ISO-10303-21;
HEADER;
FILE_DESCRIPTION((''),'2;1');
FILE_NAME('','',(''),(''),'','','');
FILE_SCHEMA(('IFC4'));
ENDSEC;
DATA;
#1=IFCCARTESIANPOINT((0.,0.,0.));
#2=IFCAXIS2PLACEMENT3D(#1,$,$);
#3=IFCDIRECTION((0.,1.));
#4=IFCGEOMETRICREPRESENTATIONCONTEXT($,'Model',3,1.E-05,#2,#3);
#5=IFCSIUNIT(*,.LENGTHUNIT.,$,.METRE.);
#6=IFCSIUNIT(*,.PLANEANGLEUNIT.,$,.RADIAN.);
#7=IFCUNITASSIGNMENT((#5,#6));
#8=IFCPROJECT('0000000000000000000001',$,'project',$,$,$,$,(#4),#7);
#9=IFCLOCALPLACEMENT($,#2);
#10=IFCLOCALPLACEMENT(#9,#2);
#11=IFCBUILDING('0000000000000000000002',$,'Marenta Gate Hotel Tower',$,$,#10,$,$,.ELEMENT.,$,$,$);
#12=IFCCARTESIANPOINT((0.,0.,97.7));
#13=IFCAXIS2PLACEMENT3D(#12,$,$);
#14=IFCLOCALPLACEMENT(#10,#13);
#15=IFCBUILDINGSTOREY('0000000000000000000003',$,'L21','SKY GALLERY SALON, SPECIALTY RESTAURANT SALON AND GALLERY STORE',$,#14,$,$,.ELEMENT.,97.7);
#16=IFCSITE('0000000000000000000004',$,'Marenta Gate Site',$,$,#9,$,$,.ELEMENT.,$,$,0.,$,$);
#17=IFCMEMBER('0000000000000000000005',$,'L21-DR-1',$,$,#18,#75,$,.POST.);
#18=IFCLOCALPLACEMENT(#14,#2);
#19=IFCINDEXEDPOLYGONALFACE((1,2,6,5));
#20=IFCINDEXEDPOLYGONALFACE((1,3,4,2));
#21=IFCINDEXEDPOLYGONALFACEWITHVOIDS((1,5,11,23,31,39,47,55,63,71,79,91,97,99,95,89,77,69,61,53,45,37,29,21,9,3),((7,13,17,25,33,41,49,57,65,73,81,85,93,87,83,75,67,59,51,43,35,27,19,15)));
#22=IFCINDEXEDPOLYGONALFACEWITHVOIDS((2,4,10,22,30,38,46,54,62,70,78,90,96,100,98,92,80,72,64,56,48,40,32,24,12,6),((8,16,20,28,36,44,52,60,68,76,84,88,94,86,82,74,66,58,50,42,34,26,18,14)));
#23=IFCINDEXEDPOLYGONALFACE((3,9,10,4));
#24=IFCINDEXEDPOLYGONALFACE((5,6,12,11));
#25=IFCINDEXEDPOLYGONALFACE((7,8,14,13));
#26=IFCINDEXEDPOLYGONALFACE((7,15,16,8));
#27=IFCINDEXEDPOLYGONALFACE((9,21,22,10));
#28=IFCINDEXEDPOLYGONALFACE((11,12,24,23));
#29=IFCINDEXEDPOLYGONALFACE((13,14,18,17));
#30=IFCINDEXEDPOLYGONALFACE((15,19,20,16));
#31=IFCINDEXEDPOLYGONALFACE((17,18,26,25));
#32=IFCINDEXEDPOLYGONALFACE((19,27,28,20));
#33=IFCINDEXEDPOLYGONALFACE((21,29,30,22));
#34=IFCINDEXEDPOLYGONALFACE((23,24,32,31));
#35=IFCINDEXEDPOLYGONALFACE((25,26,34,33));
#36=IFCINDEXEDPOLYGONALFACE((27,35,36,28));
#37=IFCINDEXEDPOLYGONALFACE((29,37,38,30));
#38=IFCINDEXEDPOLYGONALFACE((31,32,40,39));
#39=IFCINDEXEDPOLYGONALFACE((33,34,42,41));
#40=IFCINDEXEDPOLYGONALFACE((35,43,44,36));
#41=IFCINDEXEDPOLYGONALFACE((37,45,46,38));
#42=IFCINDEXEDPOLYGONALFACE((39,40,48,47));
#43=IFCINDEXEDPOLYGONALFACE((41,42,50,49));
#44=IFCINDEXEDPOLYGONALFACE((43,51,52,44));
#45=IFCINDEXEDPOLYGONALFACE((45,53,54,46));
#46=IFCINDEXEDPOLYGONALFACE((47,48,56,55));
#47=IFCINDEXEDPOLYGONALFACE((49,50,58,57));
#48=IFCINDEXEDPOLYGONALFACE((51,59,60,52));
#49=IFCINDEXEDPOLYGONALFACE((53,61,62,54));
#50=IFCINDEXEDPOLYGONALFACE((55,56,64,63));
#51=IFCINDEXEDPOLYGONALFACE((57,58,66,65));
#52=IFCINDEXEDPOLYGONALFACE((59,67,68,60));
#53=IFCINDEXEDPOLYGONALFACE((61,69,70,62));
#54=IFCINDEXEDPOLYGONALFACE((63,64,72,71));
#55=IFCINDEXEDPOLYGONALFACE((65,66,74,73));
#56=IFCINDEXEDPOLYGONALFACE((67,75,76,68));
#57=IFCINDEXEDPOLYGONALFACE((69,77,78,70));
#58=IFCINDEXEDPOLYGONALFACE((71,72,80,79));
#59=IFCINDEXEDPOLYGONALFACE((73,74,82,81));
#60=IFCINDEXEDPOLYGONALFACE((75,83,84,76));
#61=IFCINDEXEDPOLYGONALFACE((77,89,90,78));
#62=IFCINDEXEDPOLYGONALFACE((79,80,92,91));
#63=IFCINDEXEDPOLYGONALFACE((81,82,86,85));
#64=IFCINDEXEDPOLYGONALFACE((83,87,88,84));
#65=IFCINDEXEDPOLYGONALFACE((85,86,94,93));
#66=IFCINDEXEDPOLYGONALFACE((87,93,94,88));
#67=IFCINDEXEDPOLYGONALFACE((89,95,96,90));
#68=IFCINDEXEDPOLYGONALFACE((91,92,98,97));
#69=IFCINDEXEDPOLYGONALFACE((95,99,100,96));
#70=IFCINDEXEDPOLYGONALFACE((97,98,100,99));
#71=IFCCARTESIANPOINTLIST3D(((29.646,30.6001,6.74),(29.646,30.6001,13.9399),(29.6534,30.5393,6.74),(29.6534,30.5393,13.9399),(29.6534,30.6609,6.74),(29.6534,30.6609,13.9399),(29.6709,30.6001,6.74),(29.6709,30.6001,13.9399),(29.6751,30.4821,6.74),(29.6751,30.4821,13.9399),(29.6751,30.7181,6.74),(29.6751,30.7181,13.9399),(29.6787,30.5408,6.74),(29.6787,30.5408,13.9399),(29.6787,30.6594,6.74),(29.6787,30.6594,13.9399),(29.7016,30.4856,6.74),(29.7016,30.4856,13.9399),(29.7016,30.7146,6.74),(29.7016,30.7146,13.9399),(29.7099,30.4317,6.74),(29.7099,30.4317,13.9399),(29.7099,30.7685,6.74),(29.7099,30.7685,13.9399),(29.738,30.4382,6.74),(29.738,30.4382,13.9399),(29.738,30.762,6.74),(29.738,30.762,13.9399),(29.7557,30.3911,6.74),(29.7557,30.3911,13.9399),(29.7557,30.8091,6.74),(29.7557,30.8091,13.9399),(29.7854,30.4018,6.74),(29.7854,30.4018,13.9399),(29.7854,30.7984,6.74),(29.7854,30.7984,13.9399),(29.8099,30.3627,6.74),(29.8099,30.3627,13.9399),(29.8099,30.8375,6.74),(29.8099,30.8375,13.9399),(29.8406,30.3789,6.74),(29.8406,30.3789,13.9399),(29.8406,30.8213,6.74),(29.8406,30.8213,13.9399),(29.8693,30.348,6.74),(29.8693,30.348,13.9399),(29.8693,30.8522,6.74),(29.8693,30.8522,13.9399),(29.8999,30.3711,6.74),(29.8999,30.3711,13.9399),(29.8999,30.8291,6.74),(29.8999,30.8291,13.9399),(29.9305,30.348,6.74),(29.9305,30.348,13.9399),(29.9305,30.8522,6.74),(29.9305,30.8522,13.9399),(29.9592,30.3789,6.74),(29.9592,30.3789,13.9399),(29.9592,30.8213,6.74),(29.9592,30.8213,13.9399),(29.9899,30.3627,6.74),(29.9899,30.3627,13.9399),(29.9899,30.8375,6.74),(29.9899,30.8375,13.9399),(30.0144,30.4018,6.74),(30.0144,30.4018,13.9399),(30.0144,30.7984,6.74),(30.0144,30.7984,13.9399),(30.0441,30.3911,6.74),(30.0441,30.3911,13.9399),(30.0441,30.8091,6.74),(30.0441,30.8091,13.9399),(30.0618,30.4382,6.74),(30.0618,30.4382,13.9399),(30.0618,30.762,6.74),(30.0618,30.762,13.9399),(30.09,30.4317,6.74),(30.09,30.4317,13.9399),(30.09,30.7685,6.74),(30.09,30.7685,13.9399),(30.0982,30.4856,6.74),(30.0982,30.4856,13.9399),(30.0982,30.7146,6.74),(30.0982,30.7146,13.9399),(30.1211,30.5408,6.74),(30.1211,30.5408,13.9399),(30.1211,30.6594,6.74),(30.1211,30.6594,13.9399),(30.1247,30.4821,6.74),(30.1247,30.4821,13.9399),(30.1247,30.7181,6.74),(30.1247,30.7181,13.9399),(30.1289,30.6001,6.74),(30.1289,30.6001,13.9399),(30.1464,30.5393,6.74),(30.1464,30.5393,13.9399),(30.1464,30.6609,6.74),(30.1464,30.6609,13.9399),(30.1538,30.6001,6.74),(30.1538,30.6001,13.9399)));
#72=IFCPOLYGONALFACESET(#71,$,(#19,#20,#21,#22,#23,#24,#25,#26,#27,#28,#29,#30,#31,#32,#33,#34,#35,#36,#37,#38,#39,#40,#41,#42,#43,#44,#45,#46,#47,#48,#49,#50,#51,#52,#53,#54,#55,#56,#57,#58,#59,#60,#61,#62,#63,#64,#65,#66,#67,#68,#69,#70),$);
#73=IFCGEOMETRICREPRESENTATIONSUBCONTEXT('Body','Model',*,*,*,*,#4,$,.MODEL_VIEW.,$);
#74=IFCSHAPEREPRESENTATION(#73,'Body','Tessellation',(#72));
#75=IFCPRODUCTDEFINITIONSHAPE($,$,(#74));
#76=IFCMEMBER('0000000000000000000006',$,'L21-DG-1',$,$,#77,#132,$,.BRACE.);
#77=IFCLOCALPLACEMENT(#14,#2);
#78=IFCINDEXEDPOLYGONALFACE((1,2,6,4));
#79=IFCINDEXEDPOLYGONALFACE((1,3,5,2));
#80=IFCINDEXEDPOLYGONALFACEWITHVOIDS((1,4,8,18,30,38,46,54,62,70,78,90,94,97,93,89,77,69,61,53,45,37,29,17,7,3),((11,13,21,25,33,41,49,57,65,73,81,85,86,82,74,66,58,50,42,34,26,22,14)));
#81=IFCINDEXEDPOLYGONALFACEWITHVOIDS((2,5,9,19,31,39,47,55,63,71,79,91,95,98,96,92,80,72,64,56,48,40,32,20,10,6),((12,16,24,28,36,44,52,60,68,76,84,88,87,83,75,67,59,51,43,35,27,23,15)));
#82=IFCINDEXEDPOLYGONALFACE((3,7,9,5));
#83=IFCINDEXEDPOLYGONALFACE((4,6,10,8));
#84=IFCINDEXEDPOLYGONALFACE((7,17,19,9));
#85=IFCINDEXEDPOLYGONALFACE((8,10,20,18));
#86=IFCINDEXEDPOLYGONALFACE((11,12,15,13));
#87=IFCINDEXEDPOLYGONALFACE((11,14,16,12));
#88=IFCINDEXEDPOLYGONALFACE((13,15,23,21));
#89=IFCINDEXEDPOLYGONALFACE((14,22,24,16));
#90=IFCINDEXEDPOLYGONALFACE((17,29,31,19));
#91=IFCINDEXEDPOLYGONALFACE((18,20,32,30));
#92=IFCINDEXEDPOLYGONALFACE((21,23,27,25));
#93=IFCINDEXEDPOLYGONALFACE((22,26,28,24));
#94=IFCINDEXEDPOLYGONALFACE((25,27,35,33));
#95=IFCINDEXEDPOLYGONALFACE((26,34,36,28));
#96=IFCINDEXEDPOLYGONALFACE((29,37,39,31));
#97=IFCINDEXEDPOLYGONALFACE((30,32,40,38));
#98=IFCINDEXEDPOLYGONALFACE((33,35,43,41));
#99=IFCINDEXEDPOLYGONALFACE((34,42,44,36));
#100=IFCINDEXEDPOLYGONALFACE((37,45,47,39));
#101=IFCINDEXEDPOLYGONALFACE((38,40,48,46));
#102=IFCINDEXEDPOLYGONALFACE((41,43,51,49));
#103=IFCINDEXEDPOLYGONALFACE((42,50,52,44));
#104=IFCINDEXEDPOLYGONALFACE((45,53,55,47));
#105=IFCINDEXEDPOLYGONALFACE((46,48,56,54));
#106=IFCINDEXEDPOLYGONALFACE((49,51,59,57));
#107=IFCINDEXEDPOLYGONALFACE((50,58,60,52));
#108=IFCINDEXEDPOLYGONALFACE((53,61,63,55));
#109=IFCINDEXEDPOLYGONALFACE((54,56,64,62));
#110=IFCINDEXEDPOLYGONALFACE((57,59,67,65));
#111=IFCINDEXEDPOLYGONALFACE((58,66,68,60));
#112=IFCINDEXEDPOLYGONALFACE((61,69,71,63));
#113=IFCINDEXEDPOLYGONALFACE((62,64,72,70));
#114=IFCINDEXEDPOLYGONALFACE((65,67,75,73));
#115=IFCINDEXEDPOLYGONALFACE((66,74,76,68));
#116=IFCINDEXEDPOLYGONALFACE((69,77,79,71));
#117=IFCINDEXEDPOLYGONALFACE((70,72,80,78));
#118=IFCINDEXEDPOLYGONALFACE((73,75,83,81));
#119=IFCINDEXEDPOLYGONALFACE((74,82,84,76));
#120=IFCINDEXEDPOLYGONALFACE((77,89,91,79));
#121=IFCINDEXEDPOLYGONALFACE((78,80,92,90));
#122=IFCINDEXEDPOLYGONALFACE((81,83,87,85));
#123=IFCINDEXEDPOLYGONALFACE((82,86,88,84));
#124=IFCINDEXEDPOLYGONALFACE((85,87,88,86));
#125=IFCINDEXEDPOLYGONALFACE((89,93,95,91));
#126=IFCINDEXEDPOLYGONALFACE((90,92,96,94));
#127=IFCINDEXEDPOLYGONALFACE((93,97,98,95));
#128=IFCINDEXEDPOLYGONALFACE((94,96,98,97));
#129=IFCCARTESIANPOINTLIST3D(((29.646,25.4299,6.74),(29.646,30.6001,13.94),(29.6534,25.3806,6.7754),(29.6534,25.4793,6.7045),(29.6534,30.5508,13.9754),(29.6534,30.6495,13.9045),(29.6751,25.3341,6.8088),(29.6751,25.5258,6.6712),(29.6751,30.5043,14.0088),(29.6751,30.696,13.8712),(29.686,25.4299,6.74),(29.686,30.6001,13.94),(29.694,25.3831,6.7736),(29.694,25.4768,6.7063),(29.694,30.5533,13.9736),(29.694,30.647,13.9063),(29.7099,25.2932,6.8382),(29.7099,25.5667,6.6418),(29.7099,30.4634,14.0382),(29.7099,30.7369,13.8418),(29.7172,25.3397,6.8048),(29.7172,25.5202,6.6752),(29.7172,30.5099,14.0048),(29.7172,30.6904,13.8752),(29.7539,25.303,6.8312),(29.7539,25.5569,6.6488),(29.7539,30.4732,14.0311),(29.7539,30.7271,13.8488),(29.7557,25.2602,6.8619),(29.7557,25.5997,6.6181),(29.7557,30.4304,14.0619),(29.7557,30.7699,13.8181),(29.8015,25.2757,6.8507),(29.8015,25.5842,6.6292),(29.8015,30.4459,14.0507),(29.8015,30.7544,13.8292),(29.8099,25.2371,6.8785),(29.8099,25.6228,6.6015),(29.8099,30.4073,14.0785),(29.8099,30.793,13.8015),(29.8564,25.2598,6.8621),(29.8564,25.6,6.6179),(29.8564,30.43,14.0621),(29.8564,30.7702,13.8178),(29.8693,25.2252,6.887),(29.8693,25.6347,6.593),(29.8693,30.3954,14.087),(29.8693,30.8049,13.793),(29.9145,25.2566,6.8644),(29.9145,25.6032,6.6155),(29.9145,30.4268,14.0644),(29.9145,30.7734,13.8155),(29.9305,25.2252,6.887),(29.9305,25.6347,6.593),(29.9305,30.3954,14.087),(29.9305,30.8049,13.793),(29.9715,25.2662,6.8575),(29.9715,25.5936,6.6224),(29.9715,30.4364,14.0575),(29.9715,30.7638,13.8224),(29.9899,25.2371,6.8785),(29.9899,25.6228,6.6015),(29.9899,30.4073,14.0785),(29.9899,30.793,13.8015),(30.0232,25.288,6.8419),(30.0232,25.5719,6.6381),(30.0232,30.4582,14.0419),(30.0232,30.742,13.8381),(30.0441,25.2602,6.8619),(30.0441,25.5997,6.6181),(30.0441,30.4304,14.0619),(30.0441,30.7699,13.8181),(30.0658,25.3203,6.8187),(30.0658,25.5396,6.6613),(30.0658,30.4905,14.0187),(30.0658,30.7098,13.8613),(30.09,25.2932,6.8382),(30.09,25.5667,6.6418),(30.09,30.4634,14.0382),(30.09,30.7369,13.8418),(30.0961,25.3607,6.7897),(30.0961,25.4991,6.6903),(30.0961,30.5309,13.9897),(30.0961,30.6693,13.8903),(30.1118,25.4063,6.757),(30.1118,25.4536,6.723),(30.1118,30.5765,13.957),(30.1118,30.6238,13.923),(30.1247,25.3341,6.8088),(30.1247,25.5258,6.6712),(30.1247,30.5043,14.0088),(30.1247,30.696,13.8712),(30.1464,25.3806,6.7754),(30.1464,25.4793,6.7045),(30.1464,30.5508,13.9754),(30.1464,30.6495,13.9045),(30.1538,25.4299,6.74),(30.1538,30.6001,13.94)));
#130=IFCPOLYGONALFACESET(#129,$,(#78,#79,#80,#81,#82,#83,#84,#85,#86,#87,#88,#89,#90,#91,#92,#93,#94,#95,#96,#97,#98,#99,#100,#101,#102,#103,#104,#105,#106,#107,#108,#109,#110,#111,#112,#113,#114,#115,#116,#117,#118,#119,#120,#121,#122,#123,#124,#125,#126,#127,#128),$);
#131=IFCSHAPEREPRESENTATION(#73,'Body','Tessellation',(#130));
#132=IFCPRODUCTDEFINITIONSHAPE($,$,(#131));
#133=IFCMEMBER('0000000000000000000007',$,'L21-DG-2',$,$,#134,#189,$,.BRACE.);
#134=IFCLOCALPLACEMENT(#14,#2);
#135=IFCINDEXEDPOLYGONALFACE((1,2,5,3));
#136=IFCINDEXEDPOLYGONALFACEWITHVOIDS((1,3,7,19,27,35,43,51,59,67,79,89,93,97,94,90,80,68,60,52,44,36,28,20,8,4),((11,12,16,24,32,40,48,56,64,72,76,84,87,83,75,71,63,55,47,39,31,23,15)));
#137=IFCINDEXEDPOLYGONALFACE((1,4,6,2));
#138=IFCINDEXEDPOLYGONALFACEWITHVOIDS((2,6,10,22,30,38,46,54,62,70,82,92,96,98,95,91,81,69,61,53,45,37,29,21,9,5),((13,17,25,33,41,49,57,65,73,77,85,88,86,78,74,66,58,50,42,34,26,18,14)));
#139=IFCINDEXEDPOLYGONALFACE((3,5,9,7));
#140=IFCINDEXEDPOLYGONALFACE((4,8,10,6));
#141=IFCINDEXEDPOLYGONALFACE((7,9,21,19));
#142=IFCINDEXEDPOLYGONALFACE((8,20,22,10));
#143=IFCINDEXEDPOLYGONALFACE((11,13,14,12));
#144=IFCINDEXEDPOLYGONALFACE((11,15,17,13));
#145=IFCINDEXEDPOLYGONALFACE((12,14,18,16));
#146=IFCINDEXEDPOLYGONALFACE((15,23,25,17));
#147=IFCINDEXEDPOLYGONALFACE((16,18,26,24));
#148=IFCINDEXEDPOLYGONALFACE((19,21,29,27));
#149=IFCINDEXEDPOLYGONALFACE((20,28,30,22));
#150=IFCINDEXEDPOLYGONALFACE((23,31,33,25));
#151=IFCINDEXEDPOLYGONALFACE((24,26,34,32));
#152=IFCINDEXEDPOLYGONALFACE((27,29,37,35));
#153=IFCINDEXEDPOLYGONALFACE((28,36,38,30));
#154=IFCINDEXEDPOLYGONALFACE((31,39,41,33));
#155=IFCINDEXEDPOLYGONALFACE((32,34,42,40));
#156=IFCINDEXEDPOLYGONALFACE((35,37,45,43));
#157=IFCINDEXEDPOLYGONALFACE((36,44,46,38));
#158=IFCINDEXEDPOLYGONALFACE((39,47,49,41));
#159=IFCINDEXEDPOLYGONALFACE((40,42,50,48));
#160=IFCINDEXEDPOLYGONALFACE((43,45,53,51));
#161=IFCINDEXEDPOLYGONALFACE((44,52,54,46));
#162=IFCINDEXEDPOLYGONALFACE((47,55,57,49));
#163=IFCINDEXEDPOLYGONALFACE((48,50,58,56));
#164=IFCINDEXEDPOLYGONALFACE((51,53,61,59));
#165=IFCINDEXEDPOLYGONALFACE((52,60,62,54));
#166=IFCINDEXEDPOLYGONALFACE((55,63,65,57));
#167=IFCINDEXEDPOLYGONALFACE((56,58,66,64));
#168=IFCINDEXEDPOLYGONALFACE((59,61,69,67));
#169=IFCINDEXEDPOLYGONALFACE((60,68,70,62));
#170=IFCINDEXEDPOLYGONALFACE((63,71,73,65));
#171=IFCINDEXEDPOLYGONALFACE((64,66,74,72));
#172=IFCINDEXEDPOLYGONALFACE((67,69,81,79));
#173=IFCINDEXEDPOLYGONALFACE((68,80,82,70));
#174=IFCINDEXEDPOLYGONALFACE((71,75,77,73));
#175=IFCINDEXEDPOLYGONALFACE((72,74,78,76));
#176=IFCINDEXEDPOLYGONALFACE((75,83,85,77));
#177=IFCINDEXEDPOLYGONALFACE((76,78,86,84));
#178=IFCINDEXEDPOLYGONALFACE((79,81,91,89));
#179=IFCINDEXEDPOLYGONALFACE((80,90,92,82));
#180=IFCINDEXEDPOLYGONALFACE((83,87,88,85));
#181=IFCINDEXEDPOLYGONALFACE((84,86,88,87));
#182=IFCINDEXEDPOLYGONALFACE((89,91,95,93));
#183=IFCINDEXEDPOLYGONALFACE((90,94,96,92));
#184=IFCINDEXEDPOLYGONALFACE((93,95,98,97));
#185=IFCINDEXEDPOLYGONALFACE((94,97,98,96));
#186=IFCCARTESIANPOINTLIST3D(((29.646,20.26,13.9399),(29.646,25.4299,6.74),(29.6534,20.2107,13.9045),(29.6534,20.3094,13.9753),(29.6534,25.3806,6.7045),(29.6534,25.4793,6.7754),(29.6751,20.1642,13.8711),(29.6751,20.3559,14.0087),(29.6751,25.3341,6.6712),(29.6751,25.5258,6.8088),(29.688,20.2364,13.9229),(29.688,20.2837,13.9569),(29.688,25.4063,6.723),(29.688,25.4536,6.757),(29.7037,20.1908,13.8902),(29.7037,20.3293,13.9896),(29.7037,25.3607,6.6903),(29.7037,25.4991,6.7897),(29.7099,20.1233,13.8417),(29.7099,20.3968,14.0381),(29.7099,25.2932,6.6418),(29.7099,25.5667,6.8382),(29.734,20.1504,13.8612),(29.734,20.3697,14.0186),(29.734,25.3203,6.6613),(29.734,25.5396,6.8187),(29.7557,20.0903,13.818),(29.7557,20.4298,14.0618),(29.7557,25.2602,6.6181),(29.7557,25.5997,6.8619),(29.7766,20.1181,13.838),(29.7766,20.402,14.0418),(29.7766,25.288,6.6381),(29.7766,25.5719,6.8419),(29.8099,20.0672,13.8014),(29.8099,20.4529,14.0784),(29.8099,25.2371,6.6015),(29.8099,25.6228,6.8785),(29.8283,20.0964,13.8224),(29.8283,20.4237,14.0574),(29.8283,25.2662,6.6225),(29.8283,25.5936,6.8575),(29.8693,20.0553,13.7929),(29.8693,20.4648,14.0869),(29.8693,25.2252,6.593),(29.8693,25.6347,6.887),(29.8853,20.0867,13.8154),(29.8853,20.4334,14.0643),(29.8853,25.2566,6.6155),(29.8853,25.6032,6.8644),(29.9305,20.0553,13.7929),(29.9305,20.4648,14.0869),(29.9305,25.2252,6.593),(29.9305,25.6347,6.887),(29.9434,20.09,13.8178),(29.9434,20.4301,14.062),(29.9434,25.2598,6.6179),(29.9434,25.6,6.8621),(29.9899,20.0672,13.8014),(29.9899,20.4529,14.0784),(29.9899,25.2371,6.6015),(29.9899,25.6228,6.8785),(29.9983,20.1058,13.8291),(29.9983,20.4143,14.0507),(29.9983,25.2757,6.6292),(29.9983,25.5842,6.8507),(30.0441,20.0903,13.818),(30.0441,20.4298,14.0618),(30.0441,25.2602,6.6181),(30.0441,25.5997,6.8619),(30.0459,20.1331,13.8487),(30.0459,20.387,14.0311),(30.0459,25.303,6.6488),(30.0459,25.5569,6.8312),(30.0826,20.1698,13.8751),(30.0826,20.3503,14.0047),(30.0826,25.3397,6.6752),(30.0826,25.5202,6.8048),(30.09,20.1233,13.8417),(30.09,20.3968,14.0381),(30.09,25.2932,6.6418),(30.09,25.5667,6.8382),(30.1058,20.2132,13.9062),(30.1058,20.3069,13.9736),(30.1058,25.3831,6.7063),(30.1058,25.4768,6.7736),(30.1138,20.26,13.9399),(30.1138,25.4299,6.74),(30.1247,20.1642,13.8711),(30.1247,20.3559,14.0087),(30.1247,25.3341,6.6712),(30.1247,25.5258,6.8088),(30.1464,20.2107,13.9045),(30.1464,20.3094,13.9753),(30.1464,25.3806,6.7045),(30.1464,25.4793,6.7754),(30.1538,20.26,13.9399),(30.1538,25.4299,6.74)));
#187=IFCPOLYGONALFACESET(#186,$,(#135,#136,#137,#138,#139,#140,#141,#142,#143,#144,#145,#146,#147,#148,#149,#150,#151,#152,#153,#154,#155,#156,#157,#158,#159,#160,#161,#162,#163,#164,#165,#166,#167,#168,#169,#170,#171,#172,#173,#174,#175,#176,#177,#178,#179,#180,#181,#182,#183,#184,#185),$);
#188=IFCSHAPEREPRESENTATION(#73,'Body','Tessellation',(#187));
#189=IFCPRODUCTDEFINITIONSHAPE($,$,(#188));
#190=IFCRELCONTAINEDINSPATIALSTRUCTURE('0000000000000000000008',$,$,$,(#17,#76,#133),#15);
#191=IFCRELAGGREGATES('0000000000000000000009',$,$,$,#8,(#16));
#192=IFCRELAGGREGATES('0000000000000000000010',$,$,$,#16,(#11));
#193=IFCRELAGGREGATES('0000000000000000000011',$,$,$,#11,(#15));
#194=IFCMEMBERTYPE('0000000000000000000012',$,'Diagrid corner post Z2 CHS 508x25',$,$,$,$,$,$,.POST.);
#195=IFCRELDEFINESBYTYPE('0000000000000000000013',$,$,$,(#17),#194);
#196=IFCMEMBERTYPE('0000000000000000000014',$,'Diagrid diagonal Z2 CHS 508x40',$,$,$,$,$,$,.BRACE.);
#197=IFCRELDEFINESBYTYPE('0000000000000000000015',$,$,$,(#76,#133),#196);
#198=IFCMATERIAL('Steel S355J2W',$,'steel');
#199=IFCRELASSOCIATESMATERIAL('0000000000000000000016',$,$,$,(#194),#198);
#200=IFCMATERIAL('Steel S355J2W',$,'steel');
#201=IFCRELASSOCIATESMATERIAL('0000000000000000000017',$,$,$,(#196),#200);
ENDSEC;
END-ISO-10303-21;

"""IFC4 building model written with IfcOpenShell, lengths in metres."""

from ifc_helpers import new_model, si_unit, direction, frame, origin, origin_2d, place, context, subcontext, project, spatial, hollow_circle, extrude, material, material_profile, profile_set, type_object, element, save


model = new_model("IFC4")

# Units and contexts
model_context = context("Model", 3, precision=1e-05, world=origin(), true_north=direction((0.0, 1.0)))
body_context = subcontext(model_context, "Body", "Model", "MODEL_VIEW")
ifc_project = project(units=[si_unit("LENGTHUNIT", "METRE"), si_unit("PLANEANGLEUNIT", "RADIAN")], contexts=[model_context])

# Site, building, storey
site_placement = place(None, origin())
site = spatial("IfcSite", under=ifc_project, at=site_placement, Name="Marenta Gate Site", CompositionType="ELEMENT", RefElevation=0.0)
building_placement = place(site_placement, origin())
building = spatial("IfcBuilding", under=site, at=building_placement, Name="Marenta Gate Hotel Tower", CompositionType="ELEMENT")
storey_placement = place(building_placement, frame((0.0, 0.0, 97.7)))
storey = spatial("IfcBuildingStorey", under=building, at=storey_placement, Name="L21", Description="SKY GALLERY SALON, SPECIALTY RESTAURANT SALON AND GALLERY STORE", CompositionType="ELEMENT", Elevation=97.7)

# Members
ifc_material_1 = material(Name="Steel S355J2W", Category="steel")
ifc_material_profile_1 = material_profile(ifc_material_1, hollow_circle(Radius=0.2539, WallThickness=0.0249, at=origin_2d()), Name="CHS 508x25")
ifc_profile_set_1 = profile_set([ifc_material_profile_1], Name="Steel S355J2W")
member_type_1 = type_object("IfcMemberType", Name="Diagrid corner post Z2 CHS 508x25", PredefinedType="POST", material=ifc_profile_set_1)
member_1_placement = place(storey_placement, frame((29.8999, 30.6001, 6.74), z_axis=(0.0, 0.0, 1.0), x_axis=(1.0, 0.0, 0.0)))
element("IfcMember", 1, at=member_1_placement, inside=storey, type_object=member_type_1, Name="L21-DR-1", PredefinedType="POST", context=body_context, shape_type="SweptSolid", body=[
    extrude(hollow_circle(Radius=0.2539, WallThickness=0.0249, at=origin_2d()), origin(), (0.0, 0.0, 1.0), 7.2),
])
ifc_material_2 = material(Name="Steel S355J2W", Category="steel")
ifc_material_profile_2 = material_profile(ifc_material_2, hollow_circle(Radius=0.2539, WallThickness=0.04, at=origin_2d()), Name="CHS 508x40")
ifc_profile_set_2 = profile_set([ifc_material_profile_2], Name="Steel S355J2W")
member_type_2 = type_object("IfcMemberType", Name="Diagrid diagonal Z2 CHS 508x40", PredefinedType="BRACE", material=ifc_profile_set_2)
member_2_placement = place(storey_placement, frame((29.8999, 25.4299, 6.74), z_axis=(0.0, 0.583279, 0.812272), x_axis=(-1.0, 0.0, 0.0)))
element("IfcMember", 2, at=member_2_placement, inside=storey, type_object=member_type_2, Name="L21-DG-1", PredefinedType="BRACE", context=body_context, shape_type="SweptSolid", body=[
    extrude(hollow_circle(Radius=0.2539, WallThickness=0.04, at=origin_2d()), origin(), (0.0, 0.0, 1.0), 8.864),
])
member_3_placement = place(storey_placement, frame((29.8999, 25.4299, 6.74), z_axis=(0.0, -0.583261, 0.812285), x_axis=(1.0, 0.0, 0.0)))
element("IfcMember", 3, at=member_3_placement, inside=storey, type_object=member_type_2, Name="L21-DG-2", PredefinedType="BRACE", context=body_context, shape_type="SweptSolid", body=[
    extrude(hollow_circle(Radius=0.2539, WallThickness=0.04, at=origin_2d()), origin(), (0.0, 0.0, 1.0), 8.8638),
])

save(model, "model.ifc")
